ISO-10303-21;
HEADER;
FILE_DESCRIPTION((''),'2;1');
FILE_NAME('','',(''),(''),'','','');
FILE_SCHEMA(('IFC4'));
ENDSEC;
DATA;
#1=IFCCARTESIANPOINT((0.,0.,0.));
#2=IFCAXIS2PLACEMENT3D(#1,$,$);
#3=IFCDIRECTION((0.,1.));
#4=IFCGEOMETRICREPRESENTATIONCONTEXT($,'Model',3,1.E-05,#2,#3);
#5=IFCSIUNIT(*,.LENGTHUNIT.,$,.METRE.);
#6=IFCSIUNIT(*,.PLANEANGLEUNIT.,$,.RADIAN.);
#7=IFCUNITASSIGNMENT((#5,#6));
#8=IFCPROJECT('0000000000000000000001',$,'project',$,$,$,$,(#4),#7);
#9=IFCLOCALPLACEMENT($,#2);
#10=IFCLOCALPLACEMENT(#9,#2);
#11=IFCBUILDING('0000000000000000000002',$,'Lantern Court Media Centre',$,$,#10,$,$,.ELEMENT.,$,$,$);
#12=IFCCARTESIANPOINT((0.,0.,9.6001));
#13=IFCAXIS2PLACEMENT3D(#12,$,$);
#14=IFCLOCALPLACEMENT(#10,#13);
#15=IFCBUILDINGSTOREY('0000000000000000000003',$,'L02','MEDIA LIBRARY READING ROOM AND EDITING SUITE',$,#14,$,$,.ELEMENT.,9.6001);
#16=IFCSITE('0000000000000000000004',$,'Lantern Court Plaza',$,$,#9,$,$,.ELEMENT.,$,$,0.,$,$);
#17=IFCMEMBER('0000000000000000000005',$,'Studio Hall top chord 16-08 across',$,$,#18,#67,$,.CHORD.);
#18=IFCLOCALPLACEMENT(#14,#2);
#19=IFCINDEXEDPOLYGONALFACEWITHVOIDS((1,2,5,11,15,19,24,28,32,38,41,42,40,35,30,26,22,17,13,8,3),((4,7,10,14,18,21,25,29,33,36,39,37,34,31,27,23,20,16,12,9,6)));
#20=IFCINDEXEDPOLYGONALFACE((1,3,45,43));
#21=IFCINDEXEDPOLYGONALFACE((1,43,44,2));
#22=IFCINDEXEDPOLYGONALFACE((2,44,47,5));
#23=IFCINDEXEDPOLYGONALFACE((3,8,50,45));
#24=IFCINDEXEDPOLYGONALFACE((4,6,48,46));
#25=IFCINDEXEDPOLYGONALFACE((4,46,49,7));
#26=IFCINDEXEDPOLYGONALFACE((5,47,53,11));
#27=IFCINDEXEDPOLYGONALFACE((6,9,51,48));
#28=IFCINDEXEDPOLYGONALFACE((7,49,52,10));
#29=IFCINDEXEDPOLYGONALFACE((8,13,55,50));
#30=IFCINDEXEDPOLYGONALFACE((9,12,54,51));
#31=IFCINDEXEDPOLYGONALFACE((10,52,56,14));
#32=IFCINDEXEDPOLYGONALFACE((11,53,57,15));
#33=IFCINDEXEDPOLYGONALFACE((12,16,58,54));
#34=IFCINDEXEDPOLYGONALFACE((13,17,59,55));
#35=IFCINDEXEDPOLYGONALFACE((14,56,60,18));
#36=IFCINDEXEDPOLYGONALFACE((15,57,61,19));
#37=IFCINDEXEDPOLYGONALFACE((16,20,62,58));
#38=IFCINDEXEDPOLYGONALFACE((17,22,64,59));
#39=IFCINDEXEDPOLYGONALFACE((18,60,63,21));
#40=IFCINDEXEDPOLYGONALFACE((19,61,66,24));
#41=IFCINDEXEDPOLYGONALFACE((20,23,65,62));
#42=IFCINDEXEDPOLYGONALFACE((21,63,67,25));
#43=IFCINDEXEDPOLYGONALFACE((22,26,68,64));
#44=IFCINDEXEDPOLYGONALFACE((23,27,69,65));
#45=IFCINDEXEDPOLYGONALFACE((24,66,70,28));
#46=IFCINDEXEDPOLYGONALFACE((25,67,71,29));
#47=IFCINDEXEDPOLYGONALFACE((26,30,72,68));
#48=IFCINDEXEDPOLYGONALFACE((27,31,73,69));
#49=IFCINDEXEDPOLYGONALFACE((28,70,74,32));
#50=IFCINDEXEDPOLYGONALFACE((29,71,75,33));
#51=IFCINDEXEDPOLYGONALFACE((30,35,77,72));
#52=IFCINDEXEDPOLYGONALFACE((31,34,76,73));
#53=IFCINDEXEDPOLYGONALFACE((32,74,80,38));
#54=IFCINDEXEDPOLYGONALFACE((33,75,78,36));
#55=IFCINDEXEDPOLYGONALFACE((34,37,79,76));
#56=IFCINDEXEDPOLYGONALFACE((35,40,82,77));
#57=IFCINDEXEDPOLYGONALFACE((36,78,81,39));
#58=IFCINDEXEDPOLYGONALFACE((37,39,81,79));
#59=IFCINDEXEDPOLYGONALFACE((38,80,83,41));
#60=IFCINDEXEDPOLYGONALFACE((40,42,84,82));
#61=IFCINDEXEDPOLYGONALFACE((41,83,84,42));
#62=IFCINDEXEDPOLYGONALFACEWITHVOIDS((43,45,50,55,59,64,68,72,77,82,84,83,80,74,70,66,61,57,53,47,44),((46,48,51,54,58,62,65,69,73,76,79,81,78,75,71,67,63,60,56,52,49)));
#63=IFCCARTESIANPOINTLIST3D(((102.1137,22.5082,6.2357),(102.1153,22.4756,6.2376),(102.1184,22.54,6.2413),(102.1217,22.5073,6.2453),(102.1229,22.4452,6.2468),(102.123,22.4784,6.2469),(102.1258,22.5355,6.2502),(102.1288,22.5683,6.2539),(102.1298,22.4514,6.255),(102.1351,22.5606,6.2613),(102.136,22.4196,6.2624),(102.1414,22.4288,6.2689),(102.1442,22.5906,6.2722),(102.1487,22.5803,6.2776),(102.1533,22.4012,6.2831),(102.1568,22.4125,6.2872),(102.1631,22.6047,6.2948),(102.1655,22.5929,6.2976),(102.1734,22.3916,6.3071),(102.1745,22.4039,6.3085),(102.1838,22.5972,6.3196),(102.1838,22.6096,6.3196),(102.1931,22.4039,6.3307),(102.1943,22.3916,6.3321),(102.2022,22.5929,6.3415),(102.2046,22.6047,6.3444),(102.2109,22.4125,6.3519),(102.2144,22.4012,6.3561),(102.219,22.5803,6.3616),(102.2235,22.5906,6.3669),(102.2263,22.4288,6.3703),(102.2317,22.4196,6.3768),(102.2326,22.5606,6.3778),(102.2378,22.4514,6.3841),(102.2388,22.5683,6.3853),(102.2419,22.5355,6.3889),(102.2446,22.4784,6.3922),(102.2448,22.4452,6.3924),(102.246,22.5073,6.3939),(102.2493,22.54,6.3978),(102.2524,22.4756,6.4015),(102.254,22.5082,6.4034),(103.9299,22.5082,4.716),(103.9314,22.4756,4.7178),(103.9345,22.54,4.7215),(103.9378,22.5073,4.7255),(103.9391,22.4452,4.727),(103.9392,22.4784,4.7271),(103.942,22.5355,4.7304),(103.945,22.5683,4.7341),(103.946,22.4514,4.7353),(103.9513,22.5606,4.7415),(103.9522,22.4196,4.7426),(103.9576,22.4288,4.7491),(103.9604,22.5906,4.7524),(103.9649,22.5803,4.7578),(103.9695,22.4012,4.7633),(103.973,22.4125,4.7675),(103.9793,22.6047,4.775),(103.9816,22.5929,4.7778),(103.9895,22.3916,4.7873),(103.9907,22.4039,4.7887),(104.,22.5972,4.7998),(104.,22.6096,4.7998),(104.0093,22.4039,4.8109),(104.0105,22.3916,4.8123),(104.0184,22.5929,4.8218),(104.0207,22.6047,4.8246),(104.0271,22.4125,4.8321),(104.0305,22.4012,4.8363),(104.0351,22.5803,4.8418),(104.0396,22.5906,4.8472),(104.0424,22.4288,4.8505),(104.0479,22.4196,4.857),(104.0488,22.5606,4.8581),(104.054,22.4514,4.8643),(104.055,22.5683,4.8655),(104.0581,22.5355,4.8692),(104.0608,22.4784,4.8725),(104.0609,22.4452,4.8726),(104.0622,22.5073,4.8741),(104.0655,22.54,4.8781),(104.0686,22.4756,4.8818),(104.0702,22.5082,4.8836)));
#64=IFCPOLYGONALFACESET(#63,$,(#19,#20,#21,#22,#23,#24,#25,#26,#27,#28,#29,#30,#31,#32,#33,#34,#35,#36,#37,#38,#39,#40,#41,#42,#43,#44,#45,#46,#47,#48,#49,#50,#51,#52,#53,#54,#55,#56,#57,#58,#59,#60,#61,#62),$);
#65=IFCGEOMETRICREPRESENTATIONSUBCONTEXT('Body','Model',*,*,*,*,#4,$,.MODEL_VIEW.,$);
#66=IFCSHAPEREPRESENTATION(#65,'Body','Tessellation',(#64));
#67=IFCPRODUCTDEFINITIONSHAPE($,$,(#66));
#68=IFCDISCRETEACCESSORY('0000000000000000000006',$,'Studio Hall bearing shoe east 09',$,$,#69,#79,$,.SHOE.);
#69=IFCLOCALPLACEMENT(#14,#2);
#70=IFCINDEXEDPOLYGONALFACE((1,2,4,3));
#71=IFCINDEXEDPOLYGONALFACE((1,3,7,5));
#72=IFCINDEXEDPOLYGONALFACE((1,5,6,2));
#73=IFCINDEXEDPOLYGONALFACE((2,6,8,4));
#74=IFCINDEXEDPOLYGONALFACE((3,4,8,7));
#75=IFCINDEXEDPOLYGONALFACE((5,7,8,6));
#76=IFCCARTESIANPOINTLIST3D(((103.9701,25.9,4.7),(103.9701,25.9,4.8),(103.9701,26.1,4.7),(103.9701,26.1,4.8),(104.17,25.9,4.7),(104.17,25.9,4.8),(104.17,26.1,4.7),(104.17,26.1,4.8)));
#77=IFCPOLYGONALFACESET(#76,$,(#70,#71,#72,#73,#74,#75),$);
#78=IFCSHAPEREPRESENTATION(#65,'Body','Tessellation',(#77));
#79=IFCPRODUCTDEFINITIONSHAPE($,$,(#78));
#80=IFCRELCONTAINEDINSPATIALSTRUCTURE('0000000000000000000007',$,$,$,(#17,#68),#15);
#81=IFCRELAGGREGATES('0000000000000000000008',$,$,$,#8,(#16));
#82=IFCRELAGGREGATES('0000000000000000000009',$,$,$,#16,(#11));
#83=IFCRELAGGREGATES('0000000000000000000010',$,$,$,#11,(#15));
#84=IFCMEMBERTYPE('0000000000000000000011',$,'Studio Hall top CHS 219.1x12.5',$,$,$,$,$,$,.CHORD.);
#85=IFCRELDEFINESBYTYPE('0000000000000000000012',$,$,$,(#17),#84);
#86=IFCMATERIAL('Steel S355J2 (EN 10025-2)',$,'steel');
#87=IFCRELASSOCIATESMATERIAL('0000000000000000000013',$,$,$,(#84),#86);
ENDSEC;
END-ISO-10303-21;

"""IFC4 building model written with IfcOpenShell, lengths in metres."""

from ifc_helpers import new_model, si_unit, direction, frame, origin, origin_2d, place, context, subcontext, project, spatial, rectangle, hollow_circle, extrude, material, material_profile, profile_set, type_object, element, save


model = new_model("IFC4")

# Units and contexts
model_context = context("Model", 3, precision=1e-05, world=origin(), true_north=direction((0.0, 1.0)))
body_context = subcontext(model_context, "Body", "Model", "MODEL_VIEW")
ifc_project = project(units=[si_unit("LENGTHUNIT", "METRE"), si_unit("PLANEANGLEUNIT", "RADIAN")], contexts=[model_context])

# Site, building, storey
site_placement = place(None, origin())
site = spatial("IfcSite", under=ifc_project, at=site_placement, Name="Lantern Court Plaza", CompositionType="ELEMENT", RefElevation=0.0)
building_placement = place(site_placement, origin())
building = spatial("IfcBuilding", under=site, at=building_placement, Name="Lantern Court Media Centre", CompositionType="ELEMENT")
storey_placement = place(building_placement, frame((0.0, 0.0, 9.6001)))
storey = spatial("IfcBuildingStorey", under=building, at=storey_placement, Name="L02", Description="MEDIA LIBRARY READING ROOM AND EDITING SUITE", CompositionType="ELEMENT", Elevation=9.6001)

# Shared definitions
ifc_material_1 = material(Name="Steel S355J2 (EN 10025-2)", Category="steel")

# Member
ifc_material_profile_1 = material_profile(ifc_material_1, hollow_circle(Radius=0.1096, WallThickness=0.0125, at=origin_2d()), Name="Studio Hall top CHS 219.1x12.5")
ifc_profile_set_1 = profile_set([ifc_material_profile_1], Name="Steel S355J2 (EN 10025-2)")
member_type_1 = type_object("IfcMemberType", Name="Studio Hall top CHS 219.1x12.5", PredefinedType="CHORD", material=ifc_profile_set_1)
member_1_placement = place(storey_placement, frame((102.1838, 22.5, 6.3196), z_axis=(0.76691, 0.0, -0.641755), x_axis=(0.0, 1.0, 0.0)))
element("IfcMember", 1, at=member_1_placement, inside=storey, type_object=member_type_1, Name="Studio Hall top chord 16-08 across", PredefinedType="CHORD", context=body_context, shape_type="SweptSolid", body=[
    extrude(hollow_circle(Radius=0.1096, WallThickness=0.0125, at=origin_2d()), origin(), (0.0, 0.0, 1.0), 2.3682),
])

# Discrete accessory
discrete_accessory_placement = place(storey_placement, frame((104.0701, 26.0, 4.7), z_axis=(0.0, 0.0, 1.0), x_axis=(1.0, 0.0, 0.0)))
element("IfcDiscreteAccessory", 2, at=discrete_accessory_placement, inside=storey, Name="Studio Hall bearing shoe east 09", PredefinedType="SHOE", context=body_context, shape_type="SweptSolid", body=[
    extrude(rectangle(XDim=0.2, YDim=0.2, at=origin_2d()), origin(), (0.0, 0.0, 1.0), 0.1001),
])

save(model, "model.ifc")
